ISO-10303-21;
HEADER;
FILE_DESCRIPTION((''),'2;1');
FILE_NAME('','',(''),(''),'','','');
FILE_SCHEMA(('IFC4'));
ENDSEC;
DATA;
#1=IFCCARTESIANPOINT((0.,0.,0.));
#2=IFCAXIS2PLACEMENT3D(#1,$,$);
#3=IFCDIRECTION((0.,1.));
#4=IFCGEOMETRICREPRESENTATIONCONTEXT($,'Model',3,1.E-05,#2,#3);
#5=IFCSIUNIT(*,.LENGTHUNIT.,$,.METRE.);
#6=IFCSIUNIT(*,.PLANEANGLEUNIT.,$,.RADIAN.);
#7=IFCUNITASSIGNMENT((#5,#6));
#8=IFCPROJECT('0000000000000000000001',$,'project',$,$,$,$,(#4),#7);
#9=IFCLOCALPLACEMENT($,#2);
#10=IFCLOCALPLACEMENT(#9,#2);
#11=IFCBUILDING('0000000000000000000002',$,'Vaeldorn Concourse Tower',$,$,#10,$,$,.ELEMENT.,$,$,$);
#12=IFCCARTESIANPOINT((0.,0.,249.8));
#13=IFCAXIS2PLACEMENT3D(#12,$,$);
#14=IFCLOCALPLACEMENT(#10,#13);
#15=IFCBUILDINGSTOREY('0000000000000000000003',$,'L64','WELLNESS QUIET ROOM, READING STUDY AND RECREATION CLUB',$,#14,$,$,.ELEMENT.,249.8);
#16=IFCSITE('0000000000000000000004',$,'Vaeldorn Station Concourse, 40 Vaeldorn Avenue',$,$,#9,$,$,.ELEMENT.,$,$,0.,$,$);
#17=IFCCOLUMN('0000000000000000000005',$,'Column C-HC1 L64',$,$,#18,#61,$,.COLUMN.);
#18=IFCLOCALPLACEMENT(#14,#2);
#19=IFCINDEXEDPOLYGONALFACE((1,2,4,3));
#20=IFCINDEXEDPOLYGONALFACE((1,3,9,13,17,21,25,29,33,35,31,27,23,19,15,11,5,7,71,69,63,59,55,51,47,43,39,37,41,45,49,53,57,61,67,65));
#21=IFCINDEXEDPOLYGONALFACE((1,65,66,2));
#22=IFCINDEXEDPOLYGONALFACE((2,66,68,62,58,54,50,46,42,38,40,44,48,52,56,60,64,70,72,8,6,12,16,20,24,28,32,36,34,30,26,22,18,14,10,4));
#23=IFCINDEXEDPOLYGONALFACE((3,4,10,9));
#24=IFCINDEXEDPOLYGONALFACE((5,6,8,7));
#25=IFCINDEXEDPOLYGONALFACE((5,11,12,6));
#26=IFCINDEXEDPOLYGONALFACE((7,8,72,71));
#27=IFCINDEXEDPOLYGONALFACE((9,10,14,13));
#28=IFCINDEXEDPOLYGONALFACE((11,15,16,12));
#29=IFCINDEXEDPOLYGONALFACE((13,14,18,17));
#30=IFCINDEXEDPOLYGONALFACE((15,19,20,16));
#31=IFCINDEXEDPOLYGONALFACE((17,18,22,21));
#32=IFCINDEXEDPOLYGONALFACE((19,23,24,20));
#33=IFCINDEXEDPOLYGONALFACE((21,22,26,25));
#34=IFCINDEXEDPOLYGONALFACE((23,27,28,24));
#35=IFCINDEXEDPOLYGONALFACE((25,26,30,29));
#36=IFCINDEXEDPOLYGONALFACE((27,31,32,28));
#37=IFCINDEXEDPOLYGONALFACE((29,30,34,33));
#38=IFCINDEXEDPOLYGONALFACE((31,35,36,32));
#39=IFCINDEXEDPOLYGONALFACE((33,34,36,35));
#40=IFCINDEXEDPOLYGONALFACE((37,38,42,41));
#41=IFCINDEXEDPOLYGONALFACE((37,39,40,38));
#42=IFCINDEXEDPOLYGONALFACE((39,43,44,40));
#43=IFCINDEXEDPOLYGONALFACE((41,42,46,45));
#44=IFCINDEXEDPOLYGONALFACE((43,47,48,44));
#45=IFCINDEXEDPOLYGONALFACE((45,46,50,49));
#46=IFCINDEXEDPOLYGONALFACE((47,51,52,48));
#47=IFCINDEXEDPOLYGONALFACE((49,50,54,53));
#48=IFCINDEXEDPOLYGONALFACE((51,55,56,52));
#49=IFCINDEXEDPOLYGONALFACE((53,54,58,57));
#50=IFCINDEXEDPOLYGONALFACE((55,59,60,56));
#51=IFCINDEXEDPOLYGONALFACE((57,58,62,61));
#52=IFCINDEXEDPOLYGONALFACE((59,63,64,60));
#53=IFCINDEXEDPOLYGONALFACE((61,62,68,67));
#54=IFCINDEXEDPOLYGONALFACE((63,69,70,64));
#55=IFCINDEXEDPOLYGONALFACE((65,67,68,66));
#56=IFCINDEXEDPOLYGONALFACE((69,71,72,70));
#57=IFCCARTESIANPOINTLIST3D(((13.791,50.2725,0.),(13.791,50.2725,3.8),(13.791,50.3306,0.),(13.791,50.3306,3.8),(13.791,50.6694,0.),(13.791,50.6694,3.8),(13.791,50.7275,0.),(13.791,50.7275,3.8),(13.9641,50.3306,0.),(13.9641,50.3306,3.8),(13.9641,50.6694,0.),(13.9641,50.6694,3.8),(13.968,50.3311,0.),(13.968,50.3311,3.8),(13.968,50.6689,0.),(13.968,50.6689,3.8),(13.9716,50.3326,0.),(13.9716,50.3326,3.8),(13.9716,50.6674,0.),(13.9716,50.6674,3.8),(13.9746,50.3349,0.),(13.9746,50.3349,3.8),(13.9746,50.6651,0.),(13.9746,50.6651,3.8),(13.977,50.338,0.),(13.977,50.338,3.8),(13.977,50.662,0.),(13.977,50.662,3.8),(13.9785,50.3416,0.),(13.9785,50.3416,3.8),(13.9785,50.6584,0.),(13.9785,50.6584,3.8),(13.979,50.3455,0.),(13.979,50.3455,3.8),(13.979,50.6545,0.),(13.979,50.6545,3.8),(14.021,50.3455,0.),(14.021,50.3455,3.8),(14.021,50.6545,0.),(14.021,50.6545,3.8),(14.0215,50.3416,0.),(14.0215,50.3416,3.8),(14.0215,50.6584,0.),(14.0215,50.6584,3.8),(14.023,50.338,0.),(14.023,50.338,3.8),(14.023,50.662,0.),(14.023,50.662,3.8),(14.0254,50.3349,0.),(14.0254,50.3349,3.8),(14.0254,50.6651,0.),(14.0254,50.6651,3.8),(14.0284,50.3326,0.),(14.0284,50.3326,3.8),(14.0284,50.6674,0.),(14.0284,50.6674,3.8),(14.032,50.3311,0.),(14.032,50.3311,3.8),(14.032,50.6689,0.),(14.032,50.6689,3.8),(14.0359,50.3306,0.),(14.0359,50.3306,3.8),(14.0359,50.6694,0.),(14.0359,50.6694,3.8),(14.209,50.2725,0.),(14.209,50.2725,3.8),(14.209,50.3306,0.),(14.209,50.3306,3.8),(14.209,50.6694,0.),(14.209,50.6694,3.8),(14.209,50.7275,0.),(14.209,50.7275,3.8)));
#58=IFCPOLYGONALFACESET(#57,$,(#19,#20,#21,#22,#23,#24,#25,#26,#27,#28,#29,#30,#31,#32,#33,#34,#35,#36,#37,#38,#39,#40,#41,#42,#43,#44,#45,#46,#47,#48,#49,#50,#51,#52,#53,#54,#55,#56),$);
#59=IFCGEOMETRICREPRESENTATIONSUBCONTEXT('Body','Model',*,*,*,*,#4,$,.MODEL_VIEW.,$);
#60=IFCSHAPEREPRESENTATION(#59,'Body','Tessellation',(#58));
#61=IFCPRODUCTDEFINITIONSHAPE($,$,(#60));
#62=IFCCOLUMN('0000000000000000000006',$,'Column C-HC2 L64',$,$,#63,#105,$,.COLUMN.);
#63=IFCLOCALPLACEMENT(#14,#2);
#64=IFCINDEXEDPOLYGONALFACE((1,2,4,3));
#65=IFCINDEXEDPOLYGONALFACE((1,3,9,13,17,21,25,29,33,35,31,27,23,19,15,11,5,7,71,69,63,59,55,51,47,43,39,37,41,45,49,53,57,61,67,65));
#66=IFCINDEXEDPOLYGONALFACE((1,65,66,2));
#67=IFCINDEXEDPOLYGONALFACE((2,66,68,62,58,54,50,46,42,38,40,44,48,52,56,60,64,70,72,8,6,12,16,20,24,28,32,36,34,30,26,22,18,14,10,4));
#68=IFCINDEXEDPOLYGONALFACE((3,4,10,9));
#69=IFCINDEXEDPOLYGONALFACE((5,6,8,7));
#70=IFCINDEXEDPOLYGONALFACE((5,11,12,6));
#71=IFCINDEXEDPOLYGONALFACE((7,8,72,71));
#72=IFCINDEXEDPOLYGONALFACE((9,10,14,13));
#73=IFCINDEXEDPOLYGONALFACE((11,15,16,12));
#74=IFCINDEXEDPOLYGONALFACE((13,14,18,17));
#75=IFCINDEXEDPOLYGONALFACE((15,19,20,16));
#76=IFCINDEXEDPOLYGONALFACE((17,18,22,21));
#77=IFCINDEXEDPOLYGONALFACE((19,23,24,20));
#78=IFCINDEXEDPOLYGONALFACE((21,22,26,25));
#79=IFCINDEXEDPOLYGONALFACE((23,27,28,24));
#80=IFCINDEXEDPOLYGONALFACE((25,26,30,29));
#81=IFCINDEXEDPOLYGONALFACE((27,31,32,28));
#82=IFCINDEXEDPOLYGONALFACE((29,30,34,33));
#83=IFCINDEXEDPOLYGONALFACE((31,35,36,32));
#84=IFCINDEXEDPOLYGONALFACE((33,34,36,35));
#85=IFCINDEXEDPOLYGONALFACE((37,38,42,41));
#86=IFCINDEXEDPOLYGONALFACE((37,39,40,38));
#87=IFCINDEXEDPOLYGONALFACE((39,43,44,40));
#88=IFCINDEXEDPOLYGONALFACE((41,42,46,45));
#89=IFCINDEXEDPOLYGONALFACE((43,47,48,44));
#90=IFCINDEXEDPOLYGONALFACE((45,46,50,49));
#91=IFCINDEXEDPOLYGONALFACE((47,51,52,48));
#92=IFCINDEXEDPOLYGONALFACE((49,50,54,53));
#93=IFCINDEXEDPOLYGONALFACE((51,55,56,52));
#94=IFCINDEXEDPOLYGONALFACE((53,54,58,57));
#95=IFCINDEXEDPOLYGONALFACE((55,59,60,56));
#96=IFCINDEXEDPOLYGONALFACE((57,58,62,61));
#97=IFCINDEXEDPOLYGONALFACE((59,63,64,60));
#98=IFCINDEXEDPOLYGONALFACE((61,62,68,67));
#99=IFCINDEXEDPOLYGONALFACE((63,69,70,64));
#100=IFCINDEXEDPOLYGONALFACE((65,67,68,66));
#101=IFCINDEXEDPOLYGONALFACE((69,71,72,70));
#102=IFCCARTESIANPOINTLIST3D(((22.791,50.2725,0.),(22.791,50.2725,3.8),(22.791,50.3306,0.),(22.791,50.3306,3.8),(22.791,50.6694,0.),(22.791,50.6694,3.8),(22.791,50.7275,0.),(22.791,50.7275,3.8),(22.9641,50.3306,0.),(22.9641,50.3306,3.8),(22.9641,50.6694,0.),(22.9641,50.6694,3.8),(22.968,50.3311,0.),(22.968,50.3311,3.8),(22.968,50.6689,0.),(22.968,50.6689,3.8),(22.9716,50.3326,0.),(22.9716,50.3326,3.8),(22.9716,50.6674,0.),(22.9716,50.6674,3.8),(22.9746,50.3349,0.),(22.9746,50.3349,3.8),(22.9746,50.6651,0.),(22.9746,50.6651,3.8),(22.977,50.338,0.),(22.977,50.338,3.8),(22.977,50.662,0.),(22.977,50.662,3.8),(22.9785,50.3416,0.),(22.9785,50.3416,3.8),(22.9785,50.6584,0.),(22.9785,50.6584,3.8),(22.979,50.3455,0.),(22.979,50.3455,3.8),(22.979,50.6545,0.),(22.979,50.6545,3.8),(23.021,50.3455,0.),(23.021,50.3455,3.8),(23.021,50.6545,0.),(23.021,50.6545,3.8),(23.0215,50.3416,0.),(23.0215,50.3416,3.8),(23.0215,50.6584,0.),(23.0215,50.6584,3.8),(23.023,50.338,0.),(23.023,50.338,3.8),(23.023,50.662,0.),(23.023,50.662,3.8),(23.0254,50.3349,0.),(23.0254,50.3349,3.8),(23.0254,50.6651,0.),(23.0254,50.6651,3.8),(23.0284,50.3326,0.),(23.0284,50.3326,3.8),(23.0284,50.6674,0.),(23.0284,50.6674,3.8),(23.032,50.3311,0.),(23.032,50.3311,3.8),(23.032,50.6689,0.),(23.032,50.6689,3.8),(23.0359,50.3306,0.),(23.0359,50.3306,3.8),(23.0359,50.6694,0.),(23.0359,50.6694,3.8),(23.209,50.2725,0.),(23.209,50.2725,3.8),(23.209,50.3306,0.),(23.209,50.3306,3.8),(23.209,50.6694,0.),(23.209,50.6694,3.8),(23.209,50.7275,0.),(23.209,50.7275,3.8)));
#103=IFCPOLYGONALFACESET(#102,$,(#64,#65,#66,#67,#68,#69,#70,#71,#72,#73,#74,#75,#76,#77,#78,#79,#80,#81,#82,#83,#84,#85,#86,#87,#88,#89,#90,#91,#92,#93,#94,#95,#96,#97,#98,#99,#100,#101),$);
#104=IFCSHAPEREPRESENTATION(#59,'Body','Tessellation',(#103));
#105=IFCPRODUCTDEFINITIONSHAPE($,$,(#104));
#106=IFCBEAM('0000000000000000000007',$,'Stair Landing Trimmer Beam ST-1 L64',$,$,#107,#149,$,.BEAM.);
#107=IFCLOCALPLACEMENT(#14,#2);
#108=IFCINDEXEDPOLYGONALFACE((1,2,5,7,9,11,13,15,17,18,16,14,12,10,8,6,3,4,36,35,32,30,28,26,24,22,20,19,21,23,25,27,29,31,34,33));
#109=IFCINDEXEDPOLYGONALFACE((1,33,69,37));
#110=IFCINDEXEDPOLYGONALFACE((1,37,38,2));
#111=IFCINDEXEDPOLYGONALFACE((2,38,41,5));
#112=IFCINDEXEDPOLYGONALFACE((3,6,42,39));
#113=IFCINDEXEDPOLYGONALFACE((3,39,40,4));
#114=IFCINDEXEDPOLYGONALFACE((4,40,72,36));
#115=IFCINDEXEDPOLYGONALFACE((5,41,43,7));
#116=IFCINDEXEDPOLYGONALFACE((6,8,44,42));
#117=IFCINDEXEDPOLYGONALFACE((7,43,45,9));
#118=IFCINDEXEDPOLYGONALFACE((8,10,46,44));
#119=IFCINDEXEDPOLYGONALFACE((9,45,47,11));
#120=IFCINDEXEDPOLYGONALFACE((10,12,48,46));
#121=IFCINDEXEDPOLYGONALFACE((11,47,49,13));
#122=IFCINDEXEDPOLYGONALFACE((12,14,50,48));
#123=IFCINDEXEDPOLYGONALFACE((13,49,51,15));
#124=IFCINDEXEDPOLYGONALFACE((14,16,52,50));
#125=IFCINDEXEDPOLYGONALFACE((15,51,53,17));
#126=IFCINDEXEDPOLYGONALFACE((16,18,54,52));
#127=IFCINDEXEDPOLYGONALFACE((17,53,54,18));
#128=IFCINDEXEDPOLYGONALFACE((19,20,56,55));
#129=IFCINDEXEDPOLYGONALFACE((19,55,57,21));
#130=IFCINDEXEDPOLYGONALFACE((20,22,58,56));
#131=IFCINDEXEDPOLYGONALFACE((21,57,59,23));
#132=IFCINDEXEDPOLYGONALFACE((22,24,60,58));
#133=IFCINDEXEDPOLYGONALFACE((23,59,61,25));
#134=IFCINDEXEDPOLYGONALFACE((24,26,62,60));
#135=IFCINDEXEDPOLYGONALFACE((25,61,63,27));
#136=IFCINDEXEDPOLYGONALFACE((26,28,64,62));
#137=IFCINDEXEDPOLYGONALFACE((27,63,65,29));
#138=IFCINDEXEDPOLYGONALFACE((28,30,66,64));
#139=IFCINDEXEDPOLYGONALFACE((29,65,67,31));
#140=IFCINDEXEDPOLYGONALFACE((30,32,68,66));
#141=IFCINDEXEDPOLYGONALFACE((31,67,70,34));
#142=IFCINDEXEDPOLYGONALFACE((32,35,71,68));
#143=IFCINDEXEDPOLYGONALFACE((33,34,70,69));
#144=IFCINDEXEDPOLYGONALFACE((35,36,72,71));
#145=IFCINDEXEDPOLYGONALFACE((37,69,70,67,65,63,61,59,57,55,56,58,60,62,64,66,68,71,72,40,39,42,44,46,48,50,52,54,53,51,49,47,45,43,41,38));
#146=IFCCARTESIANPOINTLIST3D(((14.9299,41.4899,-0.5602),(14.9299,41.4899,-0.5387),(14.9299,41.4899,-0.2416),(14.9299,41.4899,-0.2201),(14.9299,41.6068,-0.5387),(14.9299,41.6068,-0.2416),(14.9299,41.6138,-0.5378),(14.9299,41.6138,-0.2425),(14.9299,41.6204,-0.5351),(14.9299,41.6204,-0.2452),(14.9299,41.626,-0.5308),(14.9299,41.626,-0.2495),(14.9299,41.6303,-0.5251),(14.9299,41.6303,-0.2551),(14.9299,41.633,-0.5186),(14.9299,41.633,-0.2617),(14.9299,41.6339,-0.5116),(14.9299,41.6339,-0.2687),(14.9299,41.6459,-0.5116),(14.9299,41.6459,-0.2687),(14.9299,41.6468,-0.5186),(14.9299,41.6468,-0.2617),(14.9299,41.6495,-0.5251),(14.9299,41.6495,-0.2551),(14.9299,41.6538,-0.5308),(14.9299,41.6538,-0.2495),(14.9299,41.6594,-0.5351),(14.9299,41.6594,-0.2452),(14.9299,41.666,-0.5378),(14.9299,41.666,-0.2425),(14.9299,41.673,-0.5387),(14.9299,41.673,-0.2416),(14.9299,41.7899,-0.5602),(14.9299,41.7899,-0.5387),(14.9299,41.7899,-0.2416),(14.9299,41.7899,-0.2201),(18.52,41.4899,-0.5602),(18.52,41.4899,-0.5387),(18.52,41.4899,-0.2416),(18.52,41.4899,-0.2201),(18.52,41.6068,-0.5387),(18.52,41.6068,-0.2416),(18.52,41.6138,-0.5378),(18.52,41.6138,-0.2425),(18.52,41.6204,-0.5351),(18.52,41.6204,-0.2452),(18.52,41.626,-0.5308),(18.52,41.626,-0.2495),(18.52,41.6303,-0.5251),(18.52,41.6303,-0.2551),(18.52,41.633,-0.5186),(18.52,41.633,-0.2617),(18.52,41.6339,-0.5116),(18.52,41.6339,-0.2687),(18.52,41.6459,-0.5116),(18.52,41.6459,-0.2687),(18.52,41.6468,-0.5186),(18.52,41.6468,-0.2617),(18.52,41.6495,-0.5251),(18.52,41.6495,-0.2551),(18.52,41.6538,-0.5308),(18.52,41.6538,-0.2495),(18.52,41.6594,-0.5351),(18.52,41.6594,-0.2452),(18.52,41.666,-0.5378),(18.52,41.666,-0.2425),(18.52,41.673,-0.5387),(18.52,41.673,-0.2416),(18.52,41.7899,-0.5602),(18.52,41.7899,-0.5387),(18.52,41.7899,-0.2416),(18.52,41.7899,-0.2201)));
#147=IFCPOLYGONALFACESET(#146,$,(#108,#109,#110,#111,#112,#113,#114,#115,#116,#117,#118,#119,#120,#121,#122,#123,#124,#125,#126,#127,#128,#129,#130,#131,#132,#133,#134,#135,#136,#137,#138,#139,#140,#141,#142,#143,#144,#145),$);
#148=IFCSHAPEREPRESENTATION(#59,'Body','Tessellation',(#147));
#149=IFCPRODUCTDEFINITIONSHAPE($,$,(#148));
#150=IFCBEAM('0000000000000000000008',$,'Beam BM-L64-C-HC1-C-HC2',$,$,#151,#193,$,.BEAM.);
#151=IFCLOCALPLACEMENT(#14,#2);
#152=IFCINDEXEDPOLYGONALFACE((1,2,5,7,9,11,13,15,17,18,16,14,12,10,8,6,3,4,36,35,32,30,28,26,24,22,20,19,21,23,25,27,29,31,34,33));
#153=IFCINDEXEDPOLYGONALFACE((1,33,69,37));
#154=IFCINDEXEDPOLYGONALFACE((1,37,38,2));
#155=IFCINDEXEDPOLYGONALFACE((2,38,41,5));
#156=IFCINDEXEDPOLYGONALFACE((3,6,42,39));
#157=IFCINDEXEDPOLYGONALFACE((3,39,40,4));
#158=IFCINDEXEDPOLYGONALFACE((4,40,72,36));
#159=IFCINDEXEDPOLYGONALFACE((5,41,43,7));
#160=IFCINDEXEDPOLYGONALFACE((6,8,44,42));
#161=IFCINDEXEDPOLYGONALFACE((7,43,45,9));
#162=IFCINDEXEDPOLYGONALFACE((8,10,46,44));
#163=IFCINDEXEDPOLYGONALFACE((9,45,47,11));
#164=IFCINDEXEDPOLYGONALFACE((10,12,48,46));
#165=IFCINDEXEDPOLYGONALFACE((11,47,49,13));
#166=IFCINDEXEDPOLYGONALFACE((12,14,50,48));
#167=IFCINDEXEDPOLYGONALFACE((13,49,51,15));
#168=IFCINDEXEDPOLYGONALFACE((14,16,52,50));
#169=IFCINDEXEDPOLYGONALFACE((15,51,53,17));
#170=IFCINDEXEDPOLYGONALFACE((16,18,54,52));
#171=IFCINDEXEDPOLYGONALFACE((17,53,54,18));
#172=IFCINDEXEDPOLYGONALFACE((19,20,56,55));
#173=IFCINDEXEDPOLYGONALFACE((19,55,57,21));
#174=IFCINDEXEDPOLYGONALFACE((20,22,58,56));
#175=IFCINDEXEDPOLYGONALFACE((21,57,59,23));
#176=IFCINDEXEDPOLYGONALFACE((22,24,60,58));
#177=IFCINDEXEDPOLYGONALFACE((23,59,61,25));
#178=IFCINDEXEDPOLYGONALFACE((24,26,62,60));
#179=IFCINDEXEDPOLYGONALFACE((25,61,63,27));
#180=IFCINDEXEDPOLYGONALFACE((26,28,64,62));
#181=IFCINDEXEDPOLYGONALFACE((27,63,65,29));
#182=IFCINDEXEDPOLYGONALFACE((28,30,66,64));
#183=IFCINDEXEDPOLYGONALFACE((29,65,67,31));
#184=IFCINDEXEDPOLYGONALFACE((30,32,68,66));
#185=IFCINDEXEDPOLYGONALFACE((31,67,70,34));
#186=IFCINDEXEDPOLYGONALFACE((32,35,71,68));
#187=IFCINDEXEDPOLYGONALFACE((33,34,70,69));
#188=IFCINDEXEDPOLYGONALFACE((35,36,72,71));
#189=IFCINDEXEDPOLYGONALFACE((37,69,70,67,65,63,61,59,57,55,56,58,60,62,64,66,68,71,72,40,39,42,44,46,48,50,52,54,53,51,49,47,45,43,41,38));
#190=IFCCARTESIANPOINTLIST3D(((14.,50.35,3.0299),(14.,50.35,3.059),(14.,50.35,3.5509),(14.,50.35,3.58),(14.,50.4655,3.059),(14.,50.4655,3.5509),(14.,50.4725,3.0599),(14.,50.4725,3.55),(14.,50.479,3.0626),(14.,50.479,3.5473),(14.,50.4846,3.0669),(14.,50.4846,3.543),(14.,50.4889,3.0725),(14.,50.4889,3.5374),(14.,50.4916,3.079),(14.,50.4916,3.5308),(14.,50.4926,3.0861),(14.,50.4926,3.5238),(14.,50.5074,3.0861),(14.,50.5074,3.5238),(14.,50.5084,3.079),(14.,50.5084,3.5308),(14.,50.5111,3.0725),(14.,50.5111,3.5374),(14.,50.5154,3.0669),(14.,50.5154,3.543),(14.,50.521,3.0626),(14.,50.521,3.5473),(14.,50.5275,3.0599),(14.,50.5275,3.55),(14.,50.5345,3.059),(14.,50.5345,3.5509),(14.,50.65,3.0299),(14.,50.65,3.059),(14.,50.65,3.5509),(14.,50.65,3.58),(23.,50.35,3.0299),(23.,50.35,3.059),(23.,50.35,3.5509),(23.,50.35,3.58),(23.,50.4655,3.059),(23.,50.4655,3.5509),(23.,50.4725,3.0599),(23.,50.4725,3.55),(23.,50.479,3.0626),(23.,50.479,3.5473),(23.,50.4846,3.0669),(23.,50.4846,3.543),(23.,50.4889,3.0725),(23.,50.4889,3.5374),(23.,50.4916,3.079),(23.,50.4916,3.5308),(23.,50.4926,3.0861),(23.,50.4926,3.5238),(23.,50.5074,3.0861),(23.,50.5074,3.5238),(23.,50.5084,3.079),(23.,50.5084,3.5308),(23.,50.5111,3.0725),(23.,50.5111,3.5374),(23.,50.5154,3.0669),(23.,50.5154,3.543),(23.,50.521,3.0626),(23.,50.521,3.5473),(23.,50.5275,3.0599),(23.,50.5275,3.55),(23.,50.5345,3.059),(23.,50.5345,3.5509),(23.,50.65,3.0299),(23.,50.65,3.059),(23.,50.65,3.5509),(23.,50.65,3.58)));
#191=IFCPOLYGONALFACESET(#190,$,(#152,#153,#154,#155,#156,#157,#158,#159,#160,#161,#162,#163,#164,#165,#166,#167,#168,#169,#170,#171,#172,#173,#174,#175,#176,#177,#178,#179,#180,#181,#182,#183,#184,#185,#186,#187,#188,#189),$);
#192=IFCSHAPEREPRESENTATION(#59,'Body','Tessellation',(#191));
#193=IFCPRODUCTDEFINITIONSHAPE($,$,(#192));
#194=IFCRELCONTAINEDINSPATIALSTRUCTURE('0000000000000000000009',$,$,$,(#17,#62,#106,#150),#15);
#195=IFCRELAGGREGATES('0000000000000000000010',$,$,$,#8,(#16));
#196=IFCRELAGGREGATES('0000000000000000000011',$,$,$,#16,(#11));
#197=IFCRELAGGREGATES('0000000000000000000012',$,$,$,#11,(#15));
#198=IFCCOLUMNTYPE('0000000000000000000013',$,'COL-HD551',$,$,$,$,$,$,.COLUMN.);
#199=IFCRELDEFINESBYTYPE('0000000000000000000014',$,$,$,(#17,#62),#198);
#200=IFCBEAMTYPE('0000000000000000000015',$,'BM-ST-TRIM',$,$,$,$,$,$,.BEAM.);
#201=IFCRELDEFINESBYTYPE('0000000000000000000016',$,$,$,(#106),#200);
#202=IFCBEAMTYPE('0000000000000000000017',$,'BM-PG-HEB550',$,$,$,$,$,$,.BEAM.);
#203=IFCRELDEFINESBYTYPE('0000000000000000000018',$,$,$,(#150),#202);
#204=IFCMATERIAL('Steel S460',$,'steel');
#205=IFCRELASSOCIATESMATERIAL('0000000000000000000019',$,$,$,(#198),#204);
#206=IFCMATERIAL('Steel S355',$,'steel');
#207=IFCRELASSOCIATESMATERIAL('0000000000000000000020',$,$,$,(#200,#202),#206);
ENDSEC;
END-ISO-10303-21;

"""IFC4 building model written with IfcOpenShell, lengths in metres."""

from ifc_helpers import new_model, si_unit, direction, frame, origin, origin_2d, place, context, subcontext, project, spatial, i_section, extrude, source, transform, mapped, material, material_profile, profile_set, type_object, element, save


model = new_model("IFC4")

# Units and contexts
model_context = context("Model", 3, precision=1e-05, world=origin(), true_north=direction((0.0, 1.0)))
body_context = subcontext(model_context, "Body", "Model", "MODEL_VIEW")
ifc_project = project(units=[si_unit("LENGTHUNIT", "METRE"), si_unit("PLANEANGLEUNIT", "RADIAN")], contexts=[model_context])

# Site, building, storey
site_placement = place(None, origin())
site = spatial("IfcSite", under=ifc_project, at=site_placement, Name="Vaeldorn Station Concourse, 40 Vaeldorn Avenue", CompositionType="ELEMENT", RefElevation=0.0)
building_placement = place(site_placement, origin())
building = spatial("IfcBuilding", under=site, at=building_placement, Name="Vaeldorn Concourse Tower", CompositionType="ELEMENT")
storey_placement = place(building_placement, frame((0.0, 0.0, 249.8)))
storey = spatial("IfcBuildingStorey", under=building, at=storey_placement, Name="L64", Description="WELLNESS QUIET ROOM, READING STUDY AND RECREATION CLUB", CompositionType="ELEMENT", Elevation=249.8)

# Columns
ifc_material_1 = material(Name="Steel S460", Category="steel")
ifc_material_profile_1 = material_profile(ifc_material_1, i_section(OverallWidth=0.418, OverallDepth=0.4551, WebThickness=0.042, FlangeThickness=0.0581, FilletRadius=0.0149, at=origin_2d()), Name="HD 400x551")
ifc_profile_set_1 = profile_set([ifc_material_profile_1], Name="Steel S460")
column_type = type_object("IfcColumnType", Name="COL-HD551", PredefinedType="COLUMN", material=ifc_profile_set_1)
shared_shape_1 = source(origin(), body_context, "Body", "SweptSolid", [
    extrude(i_section(OverallWidth=0.418, OverallDepth=0.4551, WebThickness=0.042, FlangeThickness=0.0581, FilletRadius=0.0149, at=origin_2d()), origin(), (0.0, 0.0, 1.0), 3.8),
])
for number, where, z_axis, x_axis, name in (
    (1, (14.0, 50.5, 0.0), (0.0, 0.0, 1.0), (1.0, 0.0, 0.0), "Column C-HC1 L64"),
    (2, (23.0, 50.5, 0.0), (0.0, 0.0, 1.0), (1.0, 0.0, 0.0), "Column C-HC2 L64"),
):
    element("IfcColumn", number, at=place(storey_placement, frame(where, z_axis=z_axis, x_axis=x_axis)), inside=storey, type_object=column_type, Name=name, PredefinedType="COLUMN", context=body_context, shape_type="MappedRepresentation", body=[
        mapped(shared_shape_1, transform((0.0, 0.0, 0.0), scale=1.0)),
    ])

# Beams
ifc_material_2 = material(Name="Steel S355", Category="steel")
ifc_material_profile_2 = material_profile(ifc_material_2, i_section(OverallWidth=0.3, OverallDepth=0.3401, WebThickness=0.012, FlangeThickness=0.0215, FilletRadius=0.0271, at=origin_2d()), Name="HEB 340")
ifc_profile_set_2 = profile_set([ifc_material_profile_2], Name="Steel S355")
beam_type_1 = type_object("IfcBeamType", Name="BM-ST-TRIM", PredefinedType="BEAM", material=ifc_profile_set_2)
shared_shape_2 = source(origin(), body_context, "Body", "SweptSolid", [
    extrude(i_section(OverallWidth=0.3, OverallDepth=0.3401, WebThickness=0.012, FlangeThickness=0.0215, FilletRadius=0.0271, at=origin_2d()), origin(), (0.0, 0.0, 1.0), 3.5901),
])
beam_1_placement = place(storey_placement, frame((14.9299, 41.6399, -0.3901), z_axis=(1.0, 0.0, 0.0), x_axis=(0.0, 1.0, 0.0)))
element("IfcBeam", 3, at=beam_1_placement, inside=storey, type_object=beam_type_1, Name="Stair Landing Trimmer Beam ST-1 L64", PredefinedType="BEAM", context=body_context, shape_type="MappedRepresentation", body=[
    mapped(shared_shape_2, transform((0.0, 0.0, 0.0), scale=1.0)),
])
ifc_material_profile_3 = material_profile(ifc_material_2, i_section(OverallWidth=0.3, OverallDepth=0.55, WebThickness=0.0149, FlangeThickness=0.0291, FilletRadius=0.0271, at=origin_2d()), Name="HEB 550")
ifc_profile_set_3 = profile_set([ifc_material_profile_3], Name="Steel S355")
beam_type_2 = type_object("IfcBeamType", Name="BM-PG-HEB550", PredefinedType="BEAM", material=ifc_profile_set_3)
shared_shape_3 = source(origin(), body_context, "Body", "SweptSolid", [
    extrude(i_section(OverallWidth=0.3, OverallDepth=0.55, WebThickness=0.0149, FlangeThickness=0.0291, FilletRadius=0.0271, at=origin_2d()), origin(), (0.0, 0.0, 1.0), 9.0),
])
beam_2_placement = place(storey_placement, frame((14.0, 50.5, 3.3049), z_axis=(1.0, 0.0, 0.0), x_axis=(0.0, 1.0, 0.0)))
element("IfcBeam", 4, at=beam_2_placement, inside=storey, type_object=beam_type_2, Name="Beam BM-L64-C-HC1-C-HC2", PredefinedType="BEAM", context=body_context, shape_type="MappedRepresentation", body=[
    mapped(shared_shape_3, transform((0.0, 0.0, 0.0), scale=1.0)),
])

save(model, "model.ifc")
